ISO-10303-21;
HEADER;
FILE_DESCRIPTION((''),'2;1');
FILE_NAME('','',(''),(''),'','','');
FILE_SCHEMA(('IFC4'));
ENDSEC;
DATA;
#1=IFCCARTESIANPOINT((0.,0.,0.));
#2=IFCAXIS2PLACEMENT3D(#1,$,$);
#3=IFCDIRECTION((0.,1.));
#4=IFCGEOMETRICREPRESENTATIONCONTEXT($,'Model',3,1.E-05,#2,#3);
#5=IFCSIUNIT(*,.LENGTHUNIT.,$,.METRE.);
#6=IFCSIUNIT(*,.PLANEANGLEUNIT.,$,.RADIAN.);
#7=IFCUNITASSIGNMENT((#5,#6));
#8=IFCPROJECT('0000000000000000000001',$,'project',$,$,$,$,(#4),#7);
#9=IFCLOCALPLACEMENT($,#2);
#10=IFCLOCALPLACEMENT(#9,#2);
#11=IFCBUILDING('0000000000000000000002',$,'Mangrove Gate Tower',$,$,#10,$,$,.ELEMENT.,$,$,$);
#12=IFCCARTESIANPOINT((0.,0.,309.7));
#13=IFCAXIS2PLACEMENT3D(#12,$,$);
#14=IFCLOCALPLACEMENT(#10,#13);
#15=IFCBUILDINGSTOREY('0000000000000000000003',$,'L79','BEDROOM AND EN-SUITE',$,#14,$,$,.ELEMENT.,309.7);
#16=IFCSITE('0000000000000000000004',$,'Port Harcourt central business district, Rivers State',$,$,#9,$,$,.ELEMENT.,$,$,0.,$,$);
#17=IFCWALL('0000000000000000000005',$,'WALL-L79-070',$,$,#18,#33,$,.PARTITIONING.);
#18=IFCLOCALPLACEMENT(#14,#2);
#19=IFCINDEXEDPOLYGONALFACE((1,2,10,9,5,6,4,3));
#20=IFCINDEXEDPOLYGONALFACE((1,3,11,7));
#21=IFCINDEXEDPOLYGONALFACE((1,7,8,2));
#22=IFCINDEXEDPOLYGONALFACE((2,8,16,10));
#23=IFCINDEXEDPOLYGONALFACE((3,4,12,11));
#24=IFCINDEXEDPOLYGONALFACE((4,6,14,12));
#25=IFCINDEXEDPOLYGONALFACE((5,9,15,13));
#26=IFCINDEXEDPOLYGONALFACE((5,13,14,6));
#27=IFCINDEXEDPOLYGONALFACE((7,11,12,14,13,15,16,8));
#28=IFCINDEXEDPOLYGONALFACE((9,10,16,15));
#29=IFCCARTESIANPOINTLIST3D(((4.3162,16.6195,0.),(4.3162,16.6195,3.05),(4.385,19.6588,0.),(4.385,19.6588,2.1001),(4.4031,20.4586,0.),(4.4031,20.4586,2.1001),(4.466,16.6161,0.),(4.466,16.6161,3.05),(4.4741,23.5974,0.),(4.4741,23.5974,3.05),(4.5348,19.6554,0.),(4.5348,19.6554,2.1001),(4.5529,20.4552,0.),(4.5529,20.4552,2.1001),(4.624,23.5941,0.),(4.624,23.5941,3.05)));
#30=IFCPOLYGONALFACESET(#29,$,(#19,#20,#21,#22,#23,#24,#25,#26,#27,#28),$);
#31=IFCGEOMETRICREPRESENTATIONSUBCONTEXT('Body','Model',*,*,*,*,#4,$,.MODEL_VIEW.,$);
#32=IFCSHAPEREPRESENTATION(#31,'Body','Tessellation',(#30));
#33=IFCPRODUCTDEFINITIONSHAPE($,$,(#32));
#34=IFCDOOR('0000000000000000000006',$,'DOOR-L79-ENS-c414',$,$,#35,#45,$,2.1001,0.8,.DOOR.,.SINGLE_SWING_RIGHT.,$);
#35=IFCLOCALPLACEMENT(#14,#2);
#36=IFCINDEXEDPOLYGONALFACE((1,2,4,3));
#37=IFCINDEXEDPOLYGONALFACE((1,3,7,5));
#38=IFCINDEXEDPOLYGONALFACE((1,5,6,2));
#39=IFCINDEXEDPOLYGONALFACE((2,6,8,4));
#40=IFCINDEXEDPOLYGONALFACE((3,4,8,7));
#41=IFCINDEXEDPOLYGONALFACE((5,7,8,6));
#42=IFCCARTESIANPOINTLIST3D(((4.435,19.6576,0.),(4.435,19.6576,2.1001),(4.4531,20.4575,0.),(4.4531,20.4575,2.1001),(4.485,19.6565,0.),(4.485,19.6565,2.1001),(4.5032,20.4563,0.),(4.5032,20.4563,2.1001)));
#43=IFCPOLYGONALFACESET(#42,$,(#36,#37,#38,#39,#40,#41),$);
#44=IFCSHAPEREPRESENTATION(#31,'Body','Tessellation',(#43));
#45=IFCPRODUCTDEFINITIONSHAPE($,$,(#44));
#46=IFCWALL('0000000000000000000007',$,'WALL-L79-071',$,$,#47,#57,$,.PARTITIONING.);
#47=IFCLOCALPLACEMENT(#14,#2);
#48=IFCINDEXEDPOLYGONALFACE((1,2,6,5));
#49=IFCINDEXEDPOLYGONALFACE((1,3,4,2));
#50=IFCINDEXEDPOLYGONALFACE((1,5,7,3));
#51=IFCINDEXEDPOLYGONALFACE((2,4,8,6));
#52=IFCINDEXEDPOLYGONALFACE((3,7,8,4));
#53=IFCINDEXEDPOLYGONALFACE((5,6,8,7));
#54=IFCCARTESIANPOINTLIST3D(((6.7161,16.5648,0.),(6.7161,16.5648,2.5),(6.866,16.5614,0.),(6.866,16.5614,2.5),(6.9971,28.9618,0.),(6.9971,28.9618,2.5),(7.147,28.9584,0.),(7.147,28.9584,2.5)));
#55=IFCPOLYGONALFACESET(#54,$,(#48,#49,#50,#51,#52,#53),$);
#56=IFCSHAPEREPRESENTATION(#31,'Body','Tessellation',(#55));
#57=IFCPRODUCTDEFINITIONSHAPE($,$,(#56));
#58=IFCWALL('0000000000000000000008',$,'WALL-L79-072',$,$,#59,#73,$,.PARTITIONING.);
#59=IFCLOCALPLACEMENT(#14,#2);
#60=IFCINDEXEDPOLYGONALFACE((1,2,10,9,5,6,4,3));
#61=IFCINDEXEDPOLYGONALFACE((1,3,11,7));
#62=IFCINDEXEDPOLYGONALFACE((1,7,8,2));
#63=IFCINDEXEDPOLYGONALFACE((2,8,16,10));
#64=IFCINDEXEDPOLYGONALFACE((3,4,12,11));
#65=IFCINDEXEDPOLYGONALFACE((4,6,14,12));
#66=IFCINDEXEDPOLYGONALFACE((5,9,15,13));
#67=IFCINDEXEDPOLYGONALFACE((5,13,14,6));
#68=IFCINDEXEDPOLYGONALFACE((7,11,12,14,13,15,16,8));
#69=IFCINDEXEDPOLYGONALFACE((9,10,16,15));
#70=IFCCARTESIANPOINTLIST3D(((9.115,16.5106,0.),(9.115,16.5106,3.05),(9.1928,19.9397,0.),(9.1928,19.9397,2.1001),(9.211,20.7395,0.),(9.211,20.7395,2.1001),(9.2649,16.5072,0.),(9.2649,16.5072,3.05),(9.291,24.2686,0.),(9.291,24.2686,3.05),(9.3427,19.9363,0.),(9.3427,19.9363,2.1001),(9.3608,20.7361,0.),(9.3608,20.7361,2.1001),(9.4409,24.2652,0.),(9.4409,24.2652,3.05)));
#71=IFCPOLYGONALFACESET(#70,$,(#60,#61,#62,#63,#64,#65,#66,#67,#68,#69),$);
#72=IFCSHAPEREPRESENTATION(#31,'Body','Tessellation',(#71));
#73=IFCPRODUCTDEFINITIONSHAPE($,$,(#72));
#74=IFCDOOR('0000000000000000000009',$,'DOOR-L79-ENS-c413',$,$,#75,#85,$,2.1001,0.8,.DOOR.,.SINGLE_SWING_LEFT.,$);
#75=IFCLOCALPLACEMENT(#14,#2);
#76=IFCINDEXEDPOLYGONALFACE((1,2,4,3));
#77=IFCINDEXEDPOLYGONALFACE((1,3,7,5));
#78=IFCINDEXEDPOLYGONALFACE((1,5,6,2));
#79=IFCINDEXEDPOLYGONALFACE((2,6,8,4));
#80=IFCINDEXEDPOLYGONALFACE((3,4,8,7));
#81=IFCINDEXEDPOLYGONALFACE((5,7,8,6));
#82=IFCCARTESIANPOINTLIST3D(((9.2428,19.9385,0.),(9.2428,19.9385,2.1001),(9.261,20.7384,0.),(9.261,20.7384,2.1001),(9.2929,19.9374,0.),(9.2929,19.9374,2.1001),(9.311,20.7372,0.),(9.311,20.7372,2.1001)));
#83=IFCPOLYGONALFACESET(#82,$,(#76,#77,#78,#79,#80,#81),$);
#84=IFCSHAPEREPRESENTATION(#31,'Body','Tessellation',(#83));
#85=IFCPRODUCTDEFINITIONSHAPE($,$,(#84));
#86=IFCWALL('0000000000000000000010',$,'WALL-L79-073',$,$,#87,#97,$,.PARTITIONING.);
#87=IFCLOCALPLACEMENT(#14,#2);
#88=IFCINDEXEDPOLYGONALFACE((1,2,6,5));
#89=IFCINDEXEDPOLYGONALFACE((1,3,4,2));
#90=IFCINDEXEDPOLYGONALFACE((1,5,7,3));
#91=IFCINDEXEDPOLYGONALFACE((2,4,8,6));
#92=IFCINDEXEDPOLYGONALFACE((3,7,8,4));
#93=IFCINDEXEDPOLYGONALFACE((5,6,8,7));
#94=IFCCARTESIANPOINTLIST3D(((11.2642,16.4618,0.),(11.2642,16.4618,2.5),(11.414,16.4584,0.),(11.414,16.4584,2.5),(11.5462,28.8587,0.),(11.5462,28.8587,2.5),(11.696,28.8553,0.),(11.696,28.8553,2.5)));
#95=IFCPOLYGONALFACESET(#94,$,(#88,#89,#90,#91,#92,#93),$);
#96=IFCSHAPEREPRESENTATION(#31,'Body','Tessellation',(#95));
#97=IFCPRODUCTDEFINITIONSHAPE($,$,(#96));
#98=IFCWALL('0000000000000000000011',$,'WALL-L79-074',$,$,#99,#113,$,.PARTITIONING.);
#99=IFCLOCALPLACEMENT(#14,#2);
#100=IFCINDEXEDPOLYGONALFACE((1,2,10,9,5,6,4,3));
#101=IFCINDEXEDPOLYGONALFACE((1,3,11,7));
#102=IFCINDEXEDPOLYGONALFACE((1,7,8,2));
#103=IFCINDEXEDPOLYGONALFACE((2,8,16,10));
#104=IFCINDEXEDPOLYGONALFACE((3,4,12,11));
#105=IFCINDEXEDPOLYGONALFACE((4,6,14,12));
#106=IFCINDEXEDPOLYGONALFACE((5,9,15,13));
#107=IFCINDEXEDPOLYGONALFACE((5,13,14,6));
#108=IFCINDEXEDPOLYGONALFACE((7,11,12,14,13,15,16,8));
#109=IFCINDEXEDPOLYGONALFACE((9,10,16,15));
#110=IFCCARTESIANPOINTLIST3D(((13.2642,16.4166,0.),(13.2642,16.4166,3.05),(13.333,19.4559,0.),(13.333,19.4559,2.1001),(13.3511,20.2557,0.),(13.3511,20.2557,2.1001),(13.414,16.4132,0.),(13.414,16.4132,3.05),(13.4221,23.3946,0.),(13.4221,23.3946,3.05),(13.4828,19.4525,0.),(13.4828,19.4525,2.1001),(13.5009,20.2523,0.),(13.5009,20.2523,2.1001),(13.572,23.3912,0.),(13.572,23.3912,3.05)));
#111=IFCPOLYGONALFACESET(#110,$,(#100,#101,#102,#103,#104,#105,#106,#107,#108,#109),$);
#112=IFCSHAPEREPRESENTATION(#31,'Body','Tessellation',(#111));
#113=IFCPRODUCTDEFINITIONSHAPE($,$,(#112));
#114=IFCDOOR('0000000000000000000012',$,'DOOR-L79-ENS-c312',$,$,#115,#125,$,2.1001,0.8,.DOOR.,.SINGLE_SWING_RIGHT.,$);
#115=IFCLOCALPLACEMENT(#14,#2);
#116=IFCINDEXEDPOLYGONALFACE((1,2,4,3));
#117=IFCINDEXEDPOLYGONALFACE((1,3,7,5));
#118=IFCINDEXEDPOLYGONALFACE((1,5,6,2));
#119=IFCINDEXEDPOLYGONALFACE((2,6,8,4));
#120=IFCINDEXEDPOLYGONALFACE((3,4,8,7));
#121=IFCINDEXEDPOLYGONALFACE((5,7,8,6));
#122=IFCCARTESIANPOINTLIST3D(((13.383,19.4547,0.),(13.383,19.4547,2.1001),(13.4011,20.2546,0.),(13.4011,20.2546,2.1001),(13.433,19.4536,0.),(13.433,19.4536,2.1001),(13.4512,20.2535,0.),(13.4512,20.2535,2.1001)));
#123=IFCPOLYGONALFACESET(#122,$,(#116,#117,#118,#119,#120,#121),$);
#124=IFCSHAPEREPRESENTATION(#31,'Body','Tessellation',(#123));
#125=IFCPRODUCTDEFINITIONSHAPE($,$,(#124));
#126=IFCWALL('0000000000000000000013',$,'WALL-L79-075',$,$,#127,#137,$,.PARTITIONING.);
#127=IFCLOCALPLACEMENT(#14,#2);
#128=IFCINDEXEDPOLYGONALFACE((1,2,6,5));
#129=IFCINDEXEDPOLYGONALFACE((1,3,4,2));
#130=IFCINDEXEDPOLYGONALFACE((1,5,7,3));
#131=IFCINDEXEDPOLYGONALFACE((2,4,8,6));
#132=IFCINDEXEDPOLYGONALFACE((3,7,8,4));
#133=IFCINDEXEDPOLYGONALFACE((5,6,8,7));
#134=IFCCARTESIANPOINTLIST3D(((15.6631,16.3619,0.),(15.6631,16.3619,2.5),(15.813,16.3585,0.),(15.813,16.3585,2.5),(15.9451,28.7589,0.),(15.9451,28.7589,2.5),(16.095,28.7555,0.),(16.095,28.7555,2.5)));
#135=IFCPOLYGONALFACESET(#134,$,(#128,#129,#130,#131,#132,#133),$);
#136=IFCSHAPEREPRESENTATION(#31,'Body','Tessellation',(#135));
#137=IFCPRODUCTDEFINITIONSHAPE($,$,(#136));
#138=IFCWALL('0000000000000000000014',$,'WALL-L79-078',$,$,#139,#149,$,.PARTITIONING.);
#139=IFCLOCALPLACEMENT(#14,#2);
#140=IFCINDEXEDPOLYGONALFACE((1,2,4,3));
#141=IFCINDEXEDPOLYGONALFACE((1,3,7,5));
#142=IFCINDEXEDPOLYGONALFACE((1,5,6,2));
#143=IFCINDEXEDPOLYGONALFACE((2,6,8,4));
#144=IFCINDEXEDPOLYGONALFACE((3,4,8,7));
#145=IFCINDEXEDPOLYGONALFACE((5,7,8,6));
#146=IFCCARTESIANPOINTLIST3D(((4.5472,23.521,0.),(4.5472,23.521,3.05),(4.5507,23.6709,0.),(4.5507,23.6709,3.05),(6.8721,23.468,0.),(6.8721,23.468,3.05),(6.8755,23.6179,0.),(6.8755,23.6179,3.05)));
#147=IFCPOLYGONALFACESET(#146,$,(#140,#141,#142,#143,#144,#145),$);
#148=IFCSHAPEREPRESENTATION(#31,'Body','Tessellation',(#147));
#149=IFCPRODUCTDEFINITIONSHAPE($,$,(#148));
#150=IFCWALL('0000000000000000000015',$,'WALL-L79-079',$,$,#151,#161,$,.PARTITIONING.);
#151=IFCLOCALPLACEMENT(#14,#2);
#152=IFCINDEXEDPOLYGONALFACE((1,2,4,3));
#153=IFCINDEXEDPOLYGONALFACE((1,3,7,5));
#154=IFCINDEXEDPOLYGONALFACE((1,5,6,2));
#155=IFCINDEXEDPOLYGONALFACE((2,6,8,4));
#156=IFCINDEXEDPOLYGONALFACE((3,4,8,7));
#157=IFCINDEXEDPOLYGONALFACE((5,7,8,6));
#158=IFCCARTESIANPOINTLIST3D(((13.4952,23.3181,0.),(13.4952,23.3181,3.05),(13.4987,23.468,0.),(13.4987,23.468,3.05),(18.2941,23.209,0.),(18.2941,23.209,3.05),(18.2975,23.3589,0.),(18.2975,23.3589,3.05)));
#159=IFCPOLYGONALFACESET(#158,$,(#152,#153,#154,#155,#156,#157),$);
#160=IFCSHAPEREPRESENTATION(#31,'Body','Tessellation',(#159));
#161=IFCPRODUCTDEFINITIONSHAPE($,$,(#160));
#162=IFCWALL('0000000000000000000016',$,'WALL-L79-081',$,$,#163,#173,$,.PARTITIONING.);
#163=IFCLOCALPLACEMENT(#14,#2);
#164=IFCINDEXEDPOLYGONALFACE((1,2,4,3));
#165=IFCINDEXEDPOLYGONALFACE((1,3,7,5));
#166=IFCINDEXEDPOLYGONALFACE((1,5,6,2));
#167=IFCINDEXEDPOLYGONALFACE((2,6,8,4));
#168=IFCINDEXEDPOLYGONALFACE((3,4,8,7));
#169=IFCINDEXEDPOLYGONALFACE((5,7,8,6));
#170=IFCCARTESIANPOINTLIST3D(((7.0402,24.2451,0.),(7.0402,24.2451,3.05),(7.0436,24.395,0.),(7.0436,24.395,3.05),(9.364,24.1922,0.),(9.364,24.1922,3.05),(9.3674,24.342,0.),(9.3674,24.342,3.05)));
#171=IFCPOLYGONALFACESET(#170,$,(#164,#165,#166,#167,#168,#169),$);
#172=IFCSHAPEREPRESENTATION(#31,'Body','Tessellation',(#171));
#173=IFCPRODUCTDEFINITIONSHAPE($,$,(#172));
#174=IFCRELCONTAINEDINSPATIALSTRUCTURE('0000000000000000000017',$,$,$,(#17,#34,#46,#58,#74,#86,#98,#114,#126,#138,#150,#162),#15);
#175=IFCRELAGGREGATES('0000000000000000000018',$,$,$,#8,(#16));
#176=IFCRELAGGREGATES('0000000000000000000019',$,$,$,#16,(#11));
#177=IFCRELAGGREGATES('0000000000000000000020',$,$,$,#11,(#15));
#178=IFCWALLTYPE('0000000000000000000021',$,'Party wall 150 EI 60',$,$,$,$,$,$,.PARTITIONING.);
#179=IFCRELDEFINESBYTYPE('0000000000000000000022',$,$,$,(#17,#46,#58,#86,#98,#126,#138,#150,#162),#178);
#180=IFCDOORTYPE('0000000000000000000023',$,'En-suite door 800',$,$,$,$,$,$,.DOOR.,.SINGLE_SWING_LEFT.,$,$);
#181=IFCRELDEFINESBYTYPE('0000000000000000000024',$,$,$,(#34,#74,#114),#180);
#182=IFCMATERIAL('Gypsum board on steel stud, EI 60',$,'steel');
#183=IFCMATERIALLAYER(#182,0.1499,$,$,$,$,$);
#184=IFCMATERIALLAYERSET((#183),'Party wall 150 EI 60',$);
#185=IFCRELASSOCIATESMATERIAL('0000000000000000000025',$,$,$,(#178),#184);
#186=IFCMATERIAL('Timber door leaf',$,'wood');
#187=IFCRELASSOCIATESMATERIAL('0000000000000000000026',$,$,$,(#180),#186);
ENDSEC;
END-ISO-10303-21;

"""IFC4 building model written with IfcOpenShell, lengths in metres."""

from ifc_helpers import new_model, si_unit, direction, frame, frame_2d, origin, place, context, subcontext, project, spatial, rectangle, extrude, material, layer, layer_set, type_object, element, fill, save


model = new_model("IFC4")

# Units and contexts
model_context = context("Model", 3, precision=1e-05, world=origin(), true_north=direction((0.0, 1.0)))
body_context = subcontext(model_context, "Body", "Model", "MODEL_VIEW")
ifc_project = project(units=[si_unit("LENGTHUNIT", "METRE"), si_unit("PLANEANGLEUNIT", "RADIAN")], contexts=[model_context])

# Site, building, storey
site_placement = place(None, origin())
site = spatial("IfcSite", under=ifc_project, at=site_placement, Name="Port Harcourt central business district, Rivers State", CompositionType="ELEMENT", RefElevation=0.0)
building_placement = place(site_placement, origin())
building = spatial("IfcBuilding", under=site, at=building_placement, Name="Mangrove Gate Tower", CompositionType="ELEMENT")
storey_placement = place(building_placement, frame((0.0, 0.0, 309.7)))
storey = spatial("IfcBuildingStorey", under=building, at=storey_placement, Name="L79", Description="BEDROOM AND EN-SUITE", CompositionType="ELEMENT", Elevation=309.7)

# Shared definitions
ifc_material_1 = material(Name="Gypsum board on steel stud, EI 60", Category="steel")
ifc_layer_1 = layer(ifc_material_1, 0.1499)
ifc_layer_set_1 = layer_set([ifc_layer_1], Name="Party wall 150 EI 60")
wall_type_1 = type_object("IfcWallType", Name="Party wall 150 EI 60", PredefinedType="PARTITIONING", material=ifc_layer_set_1)
ifc_material_2 = material(Name="Timber door leaf", Category="wood")
door_type_1 = type_object("IfcDoorType", Name="En-suite door 800", OperationType="SINGLE_SWING_LEFT", PredefinedType="DOOR", material=ifc_material_2)

# Wall, opening, door
wall_1_placement = place(storey_placement, frame((4.3911, 16.6179, 0.0), z_axis=(0.0, 0.0, 1.0), x_axis=(0.022631, 0.999744, 0.0)))
wall_1 = element("IfcWall", 1, at=wall_1_placement, inside=storey, type_object=wall_type_1, Name="WALL-L79-070", PredefinedType="PARTITIONING", context=body_context, shape_type="SweptSolid", body=[
    extrude(rectangle(XDim=6.9797, YDim=0.1499, at=frame_2d((3.4897, 0.0))), origin(), (0.0, 0.0, 1.0), 3.05),
])
opening_1_placement = place(wall_1_placement, frame((3.04, 0.0, 0.0)))
opening_1 = element("IfcOpeningElement", 2, at=opening_1_placement, cuts=wall_1, PredefinedType="OPENING", context=body_context, shape_type="SweptSolid", body=[
    extrude(rectangle(XDim=0.8, YDim=2.1001, at=frame_2d((0.3999, 1.05))), frame((0.0, 0.085, 0.0), z_axis=(0.0, -1.0, 0.0), x_axis=(1.0, 0.0, 0.0)), (0.0, 0.0, 1.0), 0.1699),
])
door_1_placement = place(opening_1_placement, origin())
door_1 = element("IfcDoor", 3, at=door_1_placement, inside=storey, type_object=door_type_1, Name="DOOR-L79-ENS-c414", OperationType="SINGLE_SWING_RIGHT", OverallHeight=2.1001, OverallWidth=0.8, PredefinedType="DOOR", context=body_context, shape_type="SweptSolid", body=[
    extrude(rectangle(XDim=0.8, YDim=2.1001, at=frame_2d((0.3999, 1.05))), frame((0.0, 0.0249, 0.0), z_axis=(0.0, -1.0, 0.0), x_axis=(1.0, 0.0, 0.0)), (0.0, 0.0, 1.0), 0.05),
])
fill(opening_1, door_1)

# Wall
wall_2_placement = place(storey_placement, frame((6.791, 16.563, 0.0), z_axis=(0.0, 0.0, 1.0), x_axis=(0.022661, 0.999743, 0.0)))
element("IfcWall", 4, at=wall_2_placement, inside=storey, type_object=wall_type_1, Name="WALL-L79-071", PredefinedType="PARTITIONING", context=body_context, shape_type="SweptSolid", body=[
    extrude(rectangle(XDim=12.4001, YDim=0.1499, at=frame_2d((6.2002, 0.0))), origin(), (0.0, 0.0, 1.0), 2.5),
])

# Wall, opening, door
wall_3_placement = place(storey_placement, frame((9.1899, 16.509, 0.0), z_axis=(0.0, 0.0, 1.0), x_axis=(0.022684, 0.999743, 0.0)))
wall_3 = element("IfcWall", 5, at=wall_3_placement, inside=storey, type_object=wall_type_1, Name="WALL-L79-072", PredefinedType="PARTITIONING", context=body_context, shape_type="SweptSolid", body=[
    extrude(rectangle(XDim=7.76, YDim=0.1499, at=frame_2d((3.8799, 0.0))), origin(), (0.0, 0.0, 1.0), 3.05),
])
opening_2_placement = place(wall_3_placement, frame((3.4299, 0.0, 0.0)))
opening_2 = element("IfcOpeningElement", 6, at=opening_2_placement, cuts=wall_3, PredefinedType="OPENING", context=body_context, shape_type="SweptSolid", body=[
    extrude(rectangle(XDim=0.8, YDim=2.1001, at=frame_2d((0.3999, 1.05))), frame((0.0, 0.085, 0.0), z_axis=(0.0, -1.0, 0.0), x_axis=(1.0, 0.0, 0.0)), (0.0, 0.0, 1.0), 0.1699),
])
door_2_placement = place(opening_2_placement, origin())
door_2 = element("IfcDoor", 7, at=door_2_placement, inside=storey, type_object=door_type_1, Name="DOOR-L79-ENS-c413", OperationType="SINGLE_SWING_LEFT", OverallHeight=2.1001, OverallWidth=0.8, PredefinedType="DOOR", context=body_context, shape_type="SweptSolid", body=[
    extrude(rectangle(XDim=0.8, YDim=2.1001, at=frame_2d((0.3999, 1.05))), frame((0.0, 0.0249, 0.0), z_axis=(0.0, -1.0, 0.0), x_axis=(1.0, 0.0, 0.0)), (0.0, 0.0, 1.0), 0.05),
])
fill(opening_2, door_2)

# Wall
wall_4_placement = place(storey_placement, frame((11.3391, 16.46, 0.0), z_axis=(0.0, 0.0, 1.0), x_axis=(0.02274, 0.999741, 0.0)))
element("IfcWall", 8, at=wall_4_placement, inside=storey, type_object=wall_type_1, Name="WALL-L79-073", PredefinedType="PARTITIONING", context=body_context, shape_type="SweptSolid", body=[
    extrude(rectangle(XDim=12.4001, YDim=0.1499, at=frame_2d((6.2002, 0.0))), origin(), (0.0, 0.0, 1.0), 2.5),
])

# Wall, opening, door
wall_5_placement = place(storey_placement, frame((13.3391, 16.415, 0.0), z_axis=(0.0, 0.0, 1.0), x_axis=(0.022631, 0.999744, 0.0)))
wall_5 = element("IfcWall", 9, at=wall_5_placement, inside=storey, type_object=wall_type_1, Name="WALL-L79-074", PredefinedType="PARTITIONING", context=body_context, shape_type="SweptSolid", body=[
    extrude(rectangle(XDim=6.9797, YDim=0.1499, at=frame_2d((3.4897, 0.0))), origin(), (0.0, 0.0, 1.0), 3.05),
])
opening_3_placement = place(wall_5_placement, frame((3.04, 0.0, 0.0)))
opening_3 = element("IfcOpeningElement", 10, at=opening_3_placement, cuts=wall_5, PredefinedType="OPENING", context=body_context, shape_type="SweptSolid", body=[
    extrude(rectangle(XDim=0.8, YDim=2.1001, at=frame_2d((0.3999, 1.05))), frame((0.0, 0.085, 0.0), z_axis=(0.0, -1.0, 0.0), x_axis=(1.0, 0.0, 0.0)), (0.0, 0.0, 1.0), 0.1699),
])
door_3_placement = place(opening_3_placement, origin())
door_3 = element("IfcDoor", 11, at=door_3_placement, inside=storey, type_object=door_type_1, Name="DOOR-L79-ENS-c312", OperationType="SINGLE_SWING_RIGHT", OverallHeight=2.1001, OverallWidth=0.8, PredefinedType="DOOR", context=body_context, shape_type="SweptSolid", body=[
    extrude(rectangle(XDim=0.8, YDim=2.1001, at=frame_2d((0.3999, 1.05))), frame((0.0, 0.0249, 0.0), z_axis=(0.0, -1.0, 0.0), x_axis=(1.0, 0.0, 0.0)), (0.0, 0.0, 1.0), 0.05),
])
fill(opening_3, door_3)

# Walls
wall_6_placement = place(storey_placement, frame((15.738, 16.3601, 0.0), z_axis=(0.0, 0.0, 1.0), x_axis=(0.02274, 0.999741, 0.0)))
element("IfcWall", 12, at=wall_6_placement, inside=storey, type_object=wall_type_1, Name="WALL-L79-075", PredefinedType="PARTITIONING", context=body_context, shape_type="SweptSolid", body=[
    extrude(rectangle(XDim=12.4001, YDim=0.1499, at=frame_2d((6.2002, 0.0))), origin(), (0.0, 0.0, 1.0), 2.5),
])
wall_7_placement = place(storey_placement, frame((4.5491, 23.5959, 0.0), z_axis=(0.0, 0.0, 1.0), x_axis=(0.99974, -0.022781, 0.0)))
element("IfcWall", 13, at=wall_7_placement, inside=storey, type_object=wall_type_1, Name="WALL-L79-078", PredefinedType="PARTITIONING", context=body_context, shape_type="SweptSolid", body=[
    extrude(rectangle(XDim=2.3254, YDim=0.1499, at=frame_2d((1.1626, 0.0))), origin(), (0.0, 0.0, 1.0), 3.05),
])
wall_8_placement = place(storey_placement, frame((13.4971, 23.3931, 0.0), z_axis=(0.0, 0.0, 1.0), x_axis=(0.999742, -0.022735, 0.0)))
element("IfcWall", 14, at=wall_8_placement, inside=storey, type_object=wall_type_1, Name="WALL-L79-079", PredefinedType="PARTITIONING", context=body_context, shape_type="SweptSolid", body=[
    extrude(rectangle(XDim=4.8, YDim=0.1499, at=frame_2d((2.3999, 0.0))), origin(), (0.0, 0.0, 1.0), 3.05),
])
wall_9_placement = place(storey_placement, frame((7.042, 24.3201, 0.0), z_axis=(0.0, 0.0, 1.0), x_axis=(0.99974, -0.022791, 0.0)))
element("IfcWall", 15, at=wall_9_placement, inside=storey, type_object=wall_type_1, Name="WALL-L79-081", PredefinedType="PARTITIONING", context=body_context, shape_type="SweptSolid", body=[
    extrude(rectangle(XDim=2.3245, YDim=0.1499, at=frame_2d((1.1621, 0.0))), origin(), (0.0, 0.0, 1.0), 3.05),
])

save(model, "model.ifc")
